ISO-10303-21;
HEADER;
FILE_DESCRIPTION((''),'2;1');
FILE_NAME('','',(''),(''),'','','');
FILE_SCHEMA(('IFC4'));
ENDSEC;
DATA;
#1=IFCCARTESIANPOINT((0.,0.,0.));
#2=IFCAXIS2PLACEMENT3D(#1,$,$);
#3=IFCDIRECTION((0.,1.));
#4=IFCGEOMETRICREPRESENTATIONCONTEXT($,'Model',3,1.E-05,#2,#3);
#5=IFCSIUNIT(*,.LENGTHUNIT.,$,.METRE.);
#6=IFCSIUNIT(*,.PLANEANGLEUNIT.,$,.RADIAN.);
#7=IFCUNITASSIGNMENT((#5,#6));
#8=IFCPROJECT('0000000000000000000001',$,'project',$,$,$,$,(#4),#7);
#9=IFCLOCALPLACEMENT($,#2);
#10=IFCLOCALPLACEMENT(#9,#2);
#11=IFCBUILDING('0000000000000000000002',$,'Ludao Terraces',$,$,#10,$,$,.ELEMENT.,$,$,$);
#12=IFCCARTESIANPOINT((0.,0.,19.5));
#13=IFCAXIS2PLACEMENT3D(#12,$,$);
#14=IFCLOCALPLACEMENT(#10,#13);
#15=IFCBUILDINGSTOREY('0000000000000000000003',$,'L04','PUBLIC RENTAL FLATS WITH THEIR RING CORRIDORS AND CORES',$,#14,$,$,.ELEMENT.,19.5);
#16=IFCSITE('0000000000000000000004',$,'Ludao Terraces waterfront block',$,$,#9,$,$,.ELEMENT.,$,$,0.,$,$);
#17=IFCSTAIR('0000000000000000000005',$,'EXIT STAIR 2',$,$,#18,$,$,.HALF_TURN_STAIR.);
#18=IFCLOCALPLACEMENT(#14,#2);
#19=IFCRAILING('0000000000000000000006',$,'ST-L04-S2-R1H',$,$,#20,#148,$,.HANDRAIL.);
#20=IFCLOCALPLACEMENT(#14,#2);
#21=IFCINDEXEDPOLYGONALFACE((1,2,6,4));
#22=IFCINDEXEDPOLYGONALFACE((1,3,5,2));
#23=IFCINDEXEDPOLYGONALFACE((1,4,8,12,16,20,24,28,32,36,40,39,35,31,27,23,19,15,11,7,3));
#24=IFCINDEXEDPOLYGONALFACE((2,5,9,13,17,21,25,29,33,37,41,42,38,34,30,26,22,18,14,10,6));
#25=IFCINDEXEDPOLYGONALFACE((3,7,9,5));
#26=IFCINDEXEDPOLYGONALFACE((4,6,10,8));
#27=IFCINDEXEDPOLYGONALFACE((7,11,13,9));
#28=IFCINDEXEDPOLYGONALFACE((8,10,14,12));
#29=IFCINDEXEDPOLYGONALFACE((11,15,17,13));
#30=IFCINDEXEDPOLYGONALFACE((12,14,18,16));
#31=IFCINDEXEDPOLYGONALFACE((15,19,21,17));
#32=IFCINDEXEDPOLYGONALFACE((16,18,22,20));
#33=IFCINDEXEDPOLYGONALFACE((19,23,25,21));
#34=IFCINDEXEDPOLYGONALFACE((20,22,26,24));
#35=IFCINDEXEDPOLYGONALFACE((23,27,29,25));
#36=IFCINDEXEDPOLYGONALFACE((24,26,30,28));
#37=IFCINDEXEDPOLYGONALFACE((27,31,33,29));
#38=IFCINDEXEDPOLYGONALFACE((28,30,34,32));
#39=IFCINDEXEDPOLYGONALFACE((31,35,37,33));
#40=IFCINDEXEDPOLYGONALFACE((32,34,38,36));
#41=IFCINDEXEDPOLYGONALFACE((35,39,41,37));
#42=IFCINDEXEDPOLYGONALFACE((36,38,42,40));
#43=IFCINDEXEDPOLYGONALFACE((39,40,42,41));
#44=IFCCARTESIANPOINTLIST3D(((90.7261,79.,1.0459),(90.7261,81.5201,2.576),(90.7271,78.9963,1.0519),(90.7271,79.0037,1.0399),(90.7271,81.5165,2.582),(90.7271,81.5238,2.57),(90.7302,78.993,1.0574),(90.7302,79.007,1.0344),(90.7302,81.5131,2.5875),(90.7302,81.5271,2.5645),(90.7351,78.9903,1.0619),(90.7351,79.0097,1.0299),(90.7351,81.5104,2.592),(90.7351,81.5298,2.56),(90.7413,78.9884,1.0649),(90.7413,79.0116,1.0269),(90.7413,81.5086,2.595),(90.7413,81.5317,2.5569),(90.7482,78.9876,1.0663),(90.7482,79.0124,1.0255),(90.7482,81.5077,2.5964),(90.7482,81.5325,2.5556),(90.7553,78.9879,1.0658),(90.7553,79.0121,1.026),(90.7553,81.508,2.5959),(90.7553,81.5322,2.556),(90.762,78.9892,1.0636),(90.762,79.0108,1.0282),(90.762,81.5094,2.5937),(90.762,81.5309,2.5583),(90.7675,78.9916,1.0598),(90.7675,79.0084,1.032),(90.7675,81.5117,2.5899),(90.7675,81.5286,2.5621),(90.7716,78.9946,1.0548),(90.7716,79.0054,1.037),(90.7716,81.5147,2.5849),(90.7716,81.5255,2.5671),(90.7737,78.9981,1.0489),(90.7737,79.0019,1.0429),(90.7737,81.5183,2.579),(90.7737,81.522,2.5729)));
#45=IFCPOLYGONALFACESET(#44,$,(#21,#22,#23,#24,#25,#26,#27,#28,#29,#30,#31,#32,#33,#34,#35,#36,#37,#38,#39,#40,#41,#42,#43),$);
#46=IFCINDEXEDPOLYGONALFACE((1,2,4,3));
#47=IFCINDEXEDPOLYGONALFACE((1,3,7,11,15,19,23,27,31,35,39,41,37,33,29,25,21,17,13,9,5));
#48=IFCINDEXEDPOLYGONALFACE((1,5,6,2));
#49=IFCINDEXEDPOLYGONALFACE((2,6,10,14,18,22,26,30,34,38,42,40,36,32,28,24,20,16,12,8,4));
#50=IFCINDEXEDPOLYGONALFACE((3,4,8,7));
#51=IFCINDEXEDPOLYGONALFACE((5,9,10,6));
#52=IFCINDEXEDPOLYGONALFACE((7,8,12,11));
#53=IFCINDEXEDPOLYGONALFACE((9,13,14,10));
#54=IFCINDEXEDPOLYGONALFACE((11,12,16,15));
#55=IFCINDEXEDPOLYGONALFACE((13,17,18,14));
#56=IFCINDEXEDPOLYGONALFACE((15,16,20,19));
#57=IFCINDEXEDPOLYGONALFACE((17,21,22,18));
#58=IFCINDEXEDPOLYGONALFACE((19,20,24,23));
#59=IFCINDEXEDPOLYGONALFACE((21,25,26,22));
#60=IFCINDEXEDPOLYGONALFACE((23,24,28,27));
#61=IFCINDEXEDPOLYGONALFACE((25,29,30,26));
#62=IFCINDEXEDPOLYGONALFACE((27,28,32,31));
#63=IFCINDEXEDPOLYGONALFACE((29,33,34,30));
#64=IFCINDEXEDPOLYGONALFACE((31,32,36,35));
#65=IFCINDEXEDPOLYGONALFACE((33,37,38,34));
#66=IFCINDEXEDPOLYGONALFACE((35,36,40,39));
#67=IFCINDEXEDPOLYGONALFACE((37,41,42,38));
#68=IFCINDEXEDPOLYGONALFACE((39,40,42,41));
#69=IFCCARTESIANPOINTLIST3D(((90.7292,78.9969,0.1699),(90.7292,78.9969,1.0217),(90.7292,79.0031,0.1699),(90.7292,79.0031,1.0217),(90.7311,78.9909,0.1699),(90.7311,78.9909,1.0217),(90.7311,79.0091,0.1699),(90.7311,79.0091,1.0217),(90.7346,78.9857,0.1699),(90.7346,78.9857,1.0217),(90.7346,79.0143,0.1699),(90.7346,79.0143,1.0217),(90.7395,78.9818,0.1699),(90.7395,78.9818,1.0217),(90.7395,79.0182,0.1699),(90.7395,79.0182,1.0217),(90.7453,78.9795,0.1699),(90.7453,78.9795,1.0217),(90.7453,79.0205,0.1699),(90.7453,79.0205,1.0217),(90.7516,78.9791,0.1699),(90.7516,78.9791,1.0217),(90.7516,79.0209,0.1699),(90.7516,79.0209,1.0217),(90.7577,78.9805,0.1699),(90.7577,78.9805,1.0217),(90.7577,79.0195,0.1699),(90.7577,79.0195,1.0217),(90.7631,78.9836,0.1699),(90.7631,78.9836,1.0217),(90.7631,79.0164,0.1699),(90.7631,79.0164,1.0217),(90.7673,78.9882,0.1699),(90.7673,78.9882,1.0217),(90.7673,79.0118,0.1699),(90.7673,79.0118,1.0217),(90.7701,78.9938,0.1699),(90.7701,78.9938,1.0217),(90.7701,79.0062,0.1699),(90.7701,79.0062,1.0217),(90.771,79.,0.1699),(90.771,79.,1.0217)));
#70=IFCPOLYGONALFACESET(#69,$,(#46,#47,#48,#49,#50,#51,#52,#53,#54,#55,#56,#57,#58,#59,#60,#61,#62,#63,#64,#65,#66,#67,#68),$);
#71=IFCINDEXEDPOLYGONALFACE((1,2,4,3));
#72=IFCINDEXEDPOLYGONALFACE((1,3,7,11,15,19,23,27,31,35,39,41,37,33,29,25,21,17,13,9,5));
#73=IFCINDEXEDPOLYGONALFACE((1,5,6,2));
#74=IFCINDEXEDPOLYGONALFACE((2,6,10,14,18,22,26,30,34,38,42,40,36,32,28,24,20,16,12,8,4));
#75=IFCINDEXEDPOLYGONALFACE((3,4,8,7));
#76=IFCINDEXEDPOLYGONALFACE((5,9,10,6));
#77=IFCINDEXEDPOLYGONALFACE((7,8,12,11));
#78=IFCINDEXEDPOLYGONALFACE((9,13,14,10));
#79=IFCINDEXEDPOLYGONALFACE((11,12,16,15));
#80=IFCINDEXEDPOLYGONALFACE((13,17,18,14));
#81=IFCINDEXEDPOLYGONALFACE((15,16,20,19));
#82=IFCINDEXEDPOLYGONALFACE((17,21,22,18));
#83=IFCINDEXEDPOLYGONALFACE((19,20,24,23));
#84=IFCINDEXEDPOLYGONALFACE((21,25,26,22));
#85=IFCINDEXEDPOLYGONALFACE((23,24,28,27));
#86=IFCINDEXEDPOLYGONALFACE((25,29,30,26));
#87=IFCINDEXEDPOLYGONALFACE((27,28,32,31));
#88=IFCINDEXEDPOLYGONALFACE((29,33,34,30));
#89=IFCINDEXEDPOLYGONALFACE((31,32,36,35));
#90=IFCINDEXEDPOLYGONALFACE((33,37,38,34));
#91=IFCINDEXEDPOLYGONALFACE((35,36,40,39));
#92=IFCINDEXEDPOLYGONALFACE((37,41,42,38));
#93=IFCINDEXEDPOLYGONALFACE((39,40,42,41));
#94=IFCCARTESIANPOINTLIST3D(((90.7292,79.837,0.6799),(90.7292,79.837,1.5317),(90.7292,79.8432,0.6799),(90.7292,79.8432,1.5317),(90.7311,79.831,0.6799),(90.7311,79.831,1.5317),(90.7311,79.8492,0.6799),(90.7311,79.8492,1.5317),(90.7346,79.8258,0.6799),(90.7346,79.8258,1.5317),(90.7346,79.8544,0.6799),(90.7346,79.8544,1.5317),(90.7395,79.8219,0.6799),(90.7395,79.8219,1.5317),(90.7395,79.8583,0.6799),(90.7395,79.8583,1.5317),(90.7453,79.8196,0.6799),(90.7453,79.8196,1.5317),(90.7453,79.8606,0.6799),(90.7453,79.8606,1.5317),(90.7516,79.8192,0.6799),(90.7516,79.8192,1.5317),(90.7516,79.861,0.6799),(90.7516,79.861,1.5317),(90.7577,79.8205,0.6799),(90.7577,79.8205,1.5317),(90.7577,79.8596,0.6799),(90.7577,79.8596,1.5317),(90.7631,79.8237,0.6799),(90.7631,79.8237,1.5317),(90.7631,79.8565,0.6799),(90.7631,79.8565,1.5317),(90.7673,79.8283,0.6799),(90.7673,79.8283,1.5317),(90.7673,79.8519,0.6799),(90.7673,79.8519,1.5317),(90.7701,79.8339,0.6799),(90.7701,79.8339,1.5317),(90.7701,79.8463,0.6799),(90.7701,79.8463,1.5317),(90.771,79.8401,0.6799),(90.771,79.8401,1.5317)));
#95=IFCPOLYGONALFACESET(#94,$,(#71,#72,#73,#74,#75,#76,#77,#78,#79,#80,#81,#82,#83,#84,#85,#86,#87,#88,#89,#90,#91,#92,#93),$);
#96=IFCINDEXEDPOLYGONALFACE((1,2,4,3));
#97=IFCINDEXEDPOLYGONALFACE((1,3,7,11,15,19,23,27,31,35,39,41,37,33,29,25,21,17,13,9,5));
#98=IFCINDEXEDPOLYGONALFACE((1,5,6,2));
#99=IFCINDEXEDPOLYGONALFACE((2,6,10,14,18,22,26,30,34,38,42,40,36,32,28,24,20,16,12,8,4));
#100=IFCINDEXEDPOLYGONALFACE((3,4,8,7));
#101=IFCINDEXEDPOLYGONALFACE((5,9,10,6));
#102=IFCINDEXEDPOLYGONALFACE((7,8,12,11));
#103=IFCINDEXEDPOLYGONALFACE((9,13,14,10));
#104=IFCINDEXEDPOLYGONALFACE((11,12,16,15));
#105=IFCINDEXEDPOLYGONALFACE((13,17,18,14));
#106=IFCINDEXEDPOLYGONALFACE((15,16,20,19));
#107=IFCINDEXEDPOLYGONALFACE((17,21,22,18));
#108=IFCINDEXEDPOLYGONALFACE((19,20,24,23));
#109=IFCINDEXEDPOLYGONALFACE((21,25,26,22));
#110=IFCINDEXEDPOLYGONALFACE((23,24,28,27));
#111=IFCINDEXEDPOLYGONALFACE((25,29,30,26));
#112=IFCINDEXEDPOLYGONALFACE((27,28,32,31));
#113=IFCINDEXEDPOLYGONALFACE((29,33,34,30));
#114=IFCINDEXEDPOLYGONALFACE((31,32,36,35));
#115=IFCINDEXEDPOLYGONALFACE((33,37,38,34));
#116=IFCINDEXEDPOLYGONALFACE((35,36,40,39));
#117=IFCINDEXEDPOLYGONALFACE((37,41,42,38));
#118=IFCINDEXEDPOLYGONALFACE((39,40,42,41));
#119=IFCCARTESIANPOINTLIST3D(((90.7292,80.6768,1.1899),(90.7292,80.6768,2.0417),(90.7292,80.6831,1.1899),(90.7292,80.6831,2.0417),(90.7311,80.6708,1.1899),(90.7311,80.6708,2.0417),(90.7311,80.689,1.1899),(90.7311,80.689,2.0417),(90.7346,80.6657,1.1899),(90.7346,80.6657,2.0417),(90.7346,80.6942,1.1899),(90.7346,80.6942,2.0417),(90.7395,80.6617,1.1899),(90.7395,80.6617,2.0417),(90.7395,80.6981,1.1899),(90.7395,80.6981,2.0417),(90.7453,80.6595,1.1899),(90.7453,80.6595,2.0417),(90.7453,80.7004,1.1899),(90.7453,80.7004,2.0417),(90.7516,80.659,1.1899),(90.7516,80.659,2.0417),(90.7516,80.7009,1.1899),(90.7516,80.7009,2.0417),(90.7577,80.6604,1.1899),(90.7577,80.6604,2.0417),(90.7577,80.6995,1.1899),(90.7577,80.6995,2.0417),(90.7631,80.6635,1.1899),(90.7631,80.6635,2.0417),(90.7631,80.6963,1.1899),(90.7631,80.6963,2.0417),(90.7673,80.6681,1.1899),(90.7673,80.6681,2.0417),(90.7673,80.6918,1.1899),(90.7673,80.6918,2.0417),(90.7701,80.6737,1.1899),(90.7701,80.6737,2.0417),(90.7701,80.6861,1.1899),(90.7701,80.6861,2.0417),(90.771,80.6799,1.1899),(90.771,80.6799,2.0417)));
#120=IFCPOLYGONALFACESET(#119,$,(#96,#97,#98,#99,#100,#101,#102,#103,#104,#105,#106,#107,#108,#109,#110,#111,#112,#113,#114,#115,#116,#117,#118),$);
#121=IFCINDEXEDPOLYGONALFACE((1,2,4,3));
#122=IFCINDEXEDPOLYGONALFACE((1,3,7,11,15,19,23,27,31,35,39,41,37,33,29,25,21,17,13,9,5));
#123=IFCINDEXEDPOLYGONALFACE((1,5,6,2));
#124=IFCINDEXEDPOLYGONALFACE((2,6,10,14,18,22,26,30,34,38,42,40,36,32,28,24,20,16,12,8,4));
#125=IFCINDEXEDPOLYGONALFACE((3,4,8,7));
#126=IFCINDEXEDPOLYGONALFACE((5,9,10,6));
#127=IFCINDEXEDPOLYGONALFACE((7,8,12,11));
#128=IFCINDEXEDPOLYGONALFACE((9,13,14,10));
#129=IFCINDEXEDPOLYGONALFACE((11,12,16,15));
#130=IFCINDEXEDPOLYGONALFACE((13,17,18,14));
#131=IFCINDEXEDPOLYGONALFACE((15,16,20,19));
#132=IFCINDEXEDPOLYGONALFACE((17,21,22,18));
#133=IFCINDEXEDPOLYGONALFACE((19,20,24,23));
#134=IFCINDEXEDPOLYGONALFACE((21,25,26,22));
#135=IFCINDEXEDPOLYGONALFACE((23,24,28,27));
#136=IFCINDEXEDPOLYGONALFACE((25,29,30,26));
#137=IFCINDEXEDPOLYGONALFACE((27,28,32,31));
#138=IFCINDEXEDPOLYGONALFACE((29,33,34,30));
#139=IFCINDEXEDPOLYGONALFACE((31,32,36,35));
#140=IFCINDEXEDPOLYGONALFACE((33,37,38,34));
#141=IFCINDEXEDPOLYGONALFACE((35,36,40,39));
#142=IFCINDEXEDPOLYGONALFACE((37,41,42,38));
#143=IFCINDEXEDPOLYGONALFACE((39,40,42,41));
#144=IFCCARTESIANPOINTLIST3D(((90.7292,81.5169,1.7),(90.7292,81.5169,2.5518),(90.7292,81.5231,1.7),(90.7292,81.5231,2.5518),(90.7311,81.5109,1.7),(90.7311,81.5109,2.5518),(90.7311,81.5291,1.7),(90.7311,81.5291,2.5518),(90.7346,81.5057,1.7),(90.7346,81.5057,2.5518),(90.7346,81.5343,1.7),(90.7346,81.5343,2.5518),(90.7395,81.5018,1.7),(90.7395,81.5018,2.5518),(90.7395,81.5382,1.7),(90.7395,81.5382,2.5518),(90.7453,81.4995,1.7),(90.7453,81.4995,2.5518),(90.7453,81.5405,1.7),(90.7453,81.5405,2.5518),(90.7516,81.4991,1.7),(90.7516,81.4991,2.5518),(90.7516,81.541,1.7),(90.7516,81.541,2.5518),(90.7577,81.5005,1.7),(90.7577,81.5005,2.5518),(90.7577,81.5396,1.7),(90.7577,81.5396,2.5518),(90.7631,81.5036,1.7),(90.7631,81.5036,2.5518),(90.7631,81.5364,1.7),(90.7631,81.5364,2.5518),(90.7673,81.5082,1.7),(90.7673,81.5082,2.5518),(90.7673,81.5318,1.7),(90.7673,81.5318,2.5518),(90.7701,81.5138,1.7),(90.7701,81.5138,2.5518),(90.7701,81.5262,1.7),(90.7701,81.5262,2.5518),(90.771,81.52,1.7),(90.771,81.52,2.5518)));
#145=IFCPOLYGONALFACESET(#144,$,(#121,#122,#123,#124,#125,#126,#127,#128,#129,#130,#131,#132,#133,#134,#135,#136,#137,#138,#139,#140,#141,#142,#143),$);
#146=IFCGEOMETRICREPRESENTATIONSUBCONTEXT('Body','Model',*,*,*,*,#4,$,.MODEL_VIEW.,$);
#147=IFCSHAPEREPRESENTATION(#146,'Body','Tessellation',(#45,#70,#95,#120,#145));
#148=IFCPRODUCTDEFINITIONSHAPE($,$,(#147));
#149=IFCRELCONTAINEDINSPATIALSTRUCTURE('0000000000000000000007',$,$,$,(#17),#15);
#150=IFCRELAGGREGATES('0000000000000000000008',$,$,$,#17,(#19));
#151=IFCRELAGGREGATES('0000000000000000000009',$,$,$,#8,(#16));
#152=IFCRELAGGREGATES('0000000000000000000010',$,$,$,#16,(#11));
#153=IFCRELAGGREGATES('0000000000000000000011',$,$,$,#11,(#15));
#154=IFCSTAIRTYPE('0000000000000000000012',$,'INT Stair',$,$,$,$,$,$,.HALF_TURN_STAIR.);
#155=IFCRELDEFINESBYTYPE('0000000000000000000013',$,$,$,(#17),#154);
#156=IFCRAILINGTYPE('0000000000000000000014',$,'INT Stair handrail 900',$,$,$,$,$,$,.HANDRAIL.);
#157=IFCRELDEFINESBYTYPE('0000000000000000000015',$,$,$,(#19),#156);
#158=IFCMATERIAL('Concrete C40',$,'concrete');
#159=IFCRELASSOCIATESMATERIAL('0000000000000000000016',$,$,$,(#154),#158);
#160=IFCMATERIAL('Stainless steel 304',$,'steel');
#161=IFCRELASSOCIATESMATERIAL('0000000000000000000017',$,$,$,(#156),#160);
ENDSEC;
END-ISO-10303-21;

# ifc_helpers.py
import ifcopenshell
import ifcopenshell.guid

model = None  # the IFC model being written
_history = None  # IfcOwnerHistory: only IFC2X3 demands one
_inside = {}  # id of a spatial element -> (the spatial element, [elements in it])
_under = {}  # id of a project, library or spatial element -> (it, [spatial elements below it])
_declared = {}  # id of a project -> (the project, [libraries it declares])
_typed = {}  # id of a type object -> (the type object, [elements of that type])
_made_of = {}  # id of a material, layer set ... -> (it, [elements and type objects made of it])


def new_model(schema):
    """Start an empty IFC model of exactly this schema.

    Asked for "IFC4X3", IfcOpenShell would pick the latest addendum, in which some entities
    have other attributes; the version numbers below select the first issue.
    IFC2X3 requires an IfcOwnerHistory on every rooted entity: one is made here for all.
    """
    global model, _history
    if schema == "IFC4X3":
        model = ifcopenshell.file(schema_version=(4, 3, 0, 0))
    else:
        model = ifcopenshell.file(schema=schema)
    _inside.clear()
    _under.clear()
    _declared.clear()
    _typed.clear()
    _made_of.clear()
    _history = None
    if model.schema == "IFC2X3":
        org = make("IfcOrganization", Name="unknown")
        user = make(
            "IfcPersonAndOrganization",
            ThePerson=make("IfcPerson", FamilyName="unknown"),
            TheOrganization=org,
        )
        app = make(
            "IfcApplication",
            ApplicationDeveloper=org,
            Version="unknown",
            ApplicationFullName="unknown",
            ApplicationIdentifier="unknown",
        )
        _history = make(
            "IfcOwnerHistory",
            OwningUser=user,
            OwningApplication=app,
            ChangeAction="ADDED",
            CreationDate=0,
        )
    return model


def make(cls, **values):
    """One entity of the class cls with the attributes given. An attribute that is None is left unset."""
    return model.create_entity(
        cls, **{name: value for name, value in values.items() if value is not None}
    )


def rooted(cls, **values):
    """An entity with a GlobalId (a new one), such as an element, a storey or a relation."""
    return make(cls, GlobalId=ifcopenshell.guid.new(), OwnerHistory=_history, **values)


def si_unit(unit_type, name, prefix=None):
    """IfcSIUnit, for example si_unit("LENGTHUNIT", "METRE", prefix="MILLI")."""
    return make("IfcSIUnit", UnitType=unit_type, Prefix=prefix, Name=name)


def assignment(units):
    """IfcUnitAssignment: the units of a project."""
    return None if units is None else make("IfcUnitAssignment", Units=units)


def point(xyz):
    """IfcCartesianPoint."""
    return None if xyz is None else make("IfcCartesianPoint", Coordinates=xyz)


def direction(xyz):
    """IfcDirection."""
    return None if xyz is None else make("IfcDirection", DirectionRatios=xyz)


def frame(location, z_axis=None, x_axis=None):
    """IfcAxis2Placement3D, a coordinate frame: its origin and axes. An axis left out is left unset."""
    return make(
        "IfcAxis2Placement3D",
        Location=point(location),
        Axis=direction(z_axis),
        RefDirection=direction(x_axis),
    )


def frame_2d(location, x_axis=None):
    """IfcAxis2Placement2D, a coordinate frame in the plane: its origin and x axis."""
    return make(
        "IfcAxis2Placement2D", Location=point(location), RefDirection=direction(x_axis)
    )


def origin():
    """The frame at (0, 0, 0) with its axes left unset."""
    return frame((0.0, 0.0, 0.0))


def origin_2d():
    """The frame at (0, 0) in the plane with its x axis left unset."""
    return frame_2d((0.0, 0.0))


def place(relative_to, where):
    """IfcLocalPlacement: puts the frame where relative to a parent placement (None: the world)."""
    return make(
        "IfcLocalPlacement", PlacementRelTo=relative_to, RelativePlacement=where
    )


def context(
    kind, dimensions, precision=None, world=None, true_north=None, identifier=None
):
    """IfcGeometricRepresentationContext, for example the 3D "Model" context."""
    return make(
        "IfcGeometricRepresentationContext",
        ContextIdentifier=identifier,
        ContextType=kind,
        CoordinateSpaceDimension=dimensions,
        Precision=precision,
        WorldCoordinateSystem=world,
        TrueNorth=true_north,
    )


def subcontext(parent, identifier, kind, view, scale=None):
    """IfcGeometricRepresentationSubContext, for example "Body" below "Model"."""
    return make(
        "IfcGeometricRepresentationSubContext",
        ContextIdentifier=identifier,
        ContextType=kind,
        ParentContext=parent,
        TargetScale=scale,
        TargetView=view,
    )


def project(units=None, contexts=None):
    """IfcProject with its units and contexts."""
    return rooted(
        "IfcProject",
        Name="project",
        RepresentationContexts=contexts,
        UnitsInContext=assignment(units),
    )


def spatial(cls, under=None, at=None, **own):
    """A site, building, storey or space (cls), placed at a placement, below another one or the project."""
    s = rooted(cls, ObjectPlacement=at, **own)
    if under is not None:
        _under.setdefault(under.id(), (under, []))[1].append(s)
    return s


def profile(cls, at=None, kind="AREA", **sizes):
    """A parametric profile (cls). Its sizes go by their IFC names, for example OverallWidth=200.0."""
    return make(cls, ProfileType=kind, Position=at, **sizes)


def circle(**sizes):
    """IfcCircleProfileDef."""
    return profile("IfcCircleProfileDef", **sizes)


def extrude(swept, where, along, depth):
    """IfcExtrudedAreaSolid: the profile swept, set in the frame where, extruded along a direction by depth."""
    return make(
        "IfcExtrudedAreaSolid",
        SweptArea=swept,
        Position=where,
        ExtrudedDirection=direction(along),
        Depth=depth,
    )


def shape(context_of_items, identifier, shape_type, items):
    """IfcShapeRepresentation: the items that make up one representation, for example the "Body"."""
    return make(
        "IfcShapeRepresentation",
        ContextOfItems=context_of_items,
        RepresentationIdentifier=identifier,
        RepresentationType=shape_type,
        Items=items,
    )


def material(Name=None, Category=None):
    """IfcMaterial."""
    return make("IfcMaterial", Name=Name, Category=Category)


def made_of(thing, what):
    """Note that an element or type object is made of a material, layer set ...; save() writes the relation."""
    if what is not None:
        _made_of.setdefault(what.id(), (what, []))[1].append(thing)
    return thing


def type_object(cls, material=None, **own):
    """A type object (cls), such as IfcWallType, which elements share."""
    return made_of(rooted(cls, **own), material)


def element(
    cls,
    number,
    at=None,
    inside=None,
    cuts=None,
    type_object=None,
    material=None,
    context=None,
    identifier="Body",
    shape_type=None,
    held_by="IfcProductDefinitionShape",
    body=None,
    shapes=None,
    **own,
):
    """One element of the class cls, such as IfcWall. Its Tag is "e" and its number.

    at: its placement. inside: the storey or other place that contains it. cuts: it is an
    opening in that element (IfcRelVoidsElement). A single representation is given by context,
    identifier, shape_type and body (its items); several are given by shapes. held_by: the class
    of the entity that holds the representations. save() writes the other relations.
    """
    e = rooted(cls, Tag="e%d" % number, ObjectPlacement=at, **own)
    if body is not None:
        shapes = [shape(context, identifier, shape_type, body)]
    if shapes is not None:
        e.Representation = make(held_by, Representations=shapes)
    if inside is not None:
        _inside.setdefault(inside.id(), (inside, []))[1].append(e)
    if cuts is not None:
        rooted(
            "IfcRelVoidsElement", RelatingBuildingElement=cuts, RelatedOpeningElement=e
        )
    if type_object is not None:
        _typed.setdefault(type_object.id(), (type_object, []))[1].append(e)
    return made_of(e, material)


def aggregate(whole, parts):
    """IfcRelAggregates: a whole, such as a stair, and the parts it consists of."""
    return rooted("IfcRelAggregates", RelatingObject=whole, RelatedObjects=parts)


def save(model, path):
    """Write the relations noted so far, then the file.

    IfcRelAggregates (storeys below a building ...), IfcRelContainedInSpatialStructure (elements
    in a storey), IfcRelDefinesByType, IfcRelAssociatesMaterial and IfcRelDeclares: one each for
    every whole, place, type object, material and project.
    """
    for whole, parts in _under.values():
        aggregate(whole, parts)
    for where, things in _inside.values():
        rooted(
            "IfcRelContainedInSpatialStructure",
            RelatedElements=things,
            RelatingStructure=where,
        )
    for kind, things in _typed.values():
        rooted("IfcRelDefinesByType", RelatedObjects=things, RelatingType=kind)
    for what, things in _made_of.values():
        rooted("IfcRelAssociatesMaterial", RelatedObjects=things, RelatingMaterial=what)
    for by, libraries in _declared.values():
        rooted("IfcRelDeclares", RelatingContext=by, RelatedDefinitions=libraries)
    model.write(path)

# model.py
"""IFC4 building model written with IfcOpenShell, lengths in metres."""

from ifc_helpers import new_model, si_unit, direction, frame, origin, origin_2d, place, context, subcontext, project, spatial, circle, extrude, material, type_object, element, aggregate, save


model = new_model("IFC4")

# Units and contexts
model_context = context("Model", 3, precision=1e-05, world=origin(), true_north=direction((0.0, 1.0)))
body_context = subcontext(model_context, "Body", "Model", "MODEL_VIEW")
ifc_project = project(units=[si_unit("LENGTHUNIT", "METRE"), si_unit("PLANEANGLEUNIT", "RADIAN")], contexts=[model_context])

# Site, building, storey
site_placement = place(None, origin())
site = spatial("IfcSite", under=ifc_project, at=site_placement, Name="Ludao Terraces waterfront block", CompositionType="ELEMENT", RefElevation=0.0)
building_placement = place(site_placement, origin())
building = spatial("IfcBuilding", under=site, at=building_placement, Name="Ludao Terraces", CompositionType="ELEMENT")
storey_placement = place(building_placement, frame((0.0, 0.0, 19.5)))
storey = spatial("IfcBuildingStorey", under=building, at=storey_placement, Name="L04", Description="PUBLIC RENTAL FLATS WITH THEIR RING CORRIDORS AND CORES", CompositionType="ELEMENT", Elevation=19.5)

# Shared definitions
ifc_material_1 = material(Name="Stainless steel 304", Category="steel")

# Stair, railing
ifc_material_2 = material(Name="Concrete C40", Category="concrete")
stair_type = type_object("IfcStairType", Name="INT Stair", PredefinedType="HALF_TURN_STAIR", material=ifc_material_2)
stair_placement = place(storey_placement, origin())
stair = element("IfcStair", 1, at=stair_placement, inside=storey, type_object=stair_type, Name="EXIT STAIR 2", PredefinedType="HALF_TURN_STAIR")
railing_type_1 = type_object("IfcRailingType", Name="INT Stair handrail 900", PredefinedType="HANDRAIL", material=ifc_material_1)
railing_1_placement = place(storey_placement, frame((90.75, 79.0, 0.1699)))
railing_1 = element("IfcRailing", 2, at=railing_1_placement, type_object=railing_type_1, Name="ST-L04-S2-R1H", PredefinedType="HANDRAIL", context=body_context, shape_type="SweptSolid", body=[
    extrude(circle(Radius=0.0239, at=origin_2d()), frame((0.0, 0.0, 0.876), z_axis=(0.0, 0.854785, 0.518982), x_axis=(-1.0, 0.0, 0.0)), (0.0, 0.0, 1.0), 2.9482),
    extrude(circle(Radius=0.021, at=origin_2d()), origin(), (0.0, 0.0, 1.0), 0.8518),
    extrude(circle(Radius=0.021, at=origin_2d()), frame((0.0, 0.8401, 0.51)), (0.0, 0.0, 1.0), 0.8518),
    extrude(circle(Radius=0.021, at=origin_2d()), frame((0.0, 1.6799, 1.02)), (0.0, 0.0, 1.0), 0.8518),
    extrude(circle(Radius=0.021, at=origin_2d()), frame((0.0, 2.52, 1.53)), (0.0, 0.0, 1.0), 0.8518),
])
aggregate(stair, [railing_1])

save(model, "model.ifc")
